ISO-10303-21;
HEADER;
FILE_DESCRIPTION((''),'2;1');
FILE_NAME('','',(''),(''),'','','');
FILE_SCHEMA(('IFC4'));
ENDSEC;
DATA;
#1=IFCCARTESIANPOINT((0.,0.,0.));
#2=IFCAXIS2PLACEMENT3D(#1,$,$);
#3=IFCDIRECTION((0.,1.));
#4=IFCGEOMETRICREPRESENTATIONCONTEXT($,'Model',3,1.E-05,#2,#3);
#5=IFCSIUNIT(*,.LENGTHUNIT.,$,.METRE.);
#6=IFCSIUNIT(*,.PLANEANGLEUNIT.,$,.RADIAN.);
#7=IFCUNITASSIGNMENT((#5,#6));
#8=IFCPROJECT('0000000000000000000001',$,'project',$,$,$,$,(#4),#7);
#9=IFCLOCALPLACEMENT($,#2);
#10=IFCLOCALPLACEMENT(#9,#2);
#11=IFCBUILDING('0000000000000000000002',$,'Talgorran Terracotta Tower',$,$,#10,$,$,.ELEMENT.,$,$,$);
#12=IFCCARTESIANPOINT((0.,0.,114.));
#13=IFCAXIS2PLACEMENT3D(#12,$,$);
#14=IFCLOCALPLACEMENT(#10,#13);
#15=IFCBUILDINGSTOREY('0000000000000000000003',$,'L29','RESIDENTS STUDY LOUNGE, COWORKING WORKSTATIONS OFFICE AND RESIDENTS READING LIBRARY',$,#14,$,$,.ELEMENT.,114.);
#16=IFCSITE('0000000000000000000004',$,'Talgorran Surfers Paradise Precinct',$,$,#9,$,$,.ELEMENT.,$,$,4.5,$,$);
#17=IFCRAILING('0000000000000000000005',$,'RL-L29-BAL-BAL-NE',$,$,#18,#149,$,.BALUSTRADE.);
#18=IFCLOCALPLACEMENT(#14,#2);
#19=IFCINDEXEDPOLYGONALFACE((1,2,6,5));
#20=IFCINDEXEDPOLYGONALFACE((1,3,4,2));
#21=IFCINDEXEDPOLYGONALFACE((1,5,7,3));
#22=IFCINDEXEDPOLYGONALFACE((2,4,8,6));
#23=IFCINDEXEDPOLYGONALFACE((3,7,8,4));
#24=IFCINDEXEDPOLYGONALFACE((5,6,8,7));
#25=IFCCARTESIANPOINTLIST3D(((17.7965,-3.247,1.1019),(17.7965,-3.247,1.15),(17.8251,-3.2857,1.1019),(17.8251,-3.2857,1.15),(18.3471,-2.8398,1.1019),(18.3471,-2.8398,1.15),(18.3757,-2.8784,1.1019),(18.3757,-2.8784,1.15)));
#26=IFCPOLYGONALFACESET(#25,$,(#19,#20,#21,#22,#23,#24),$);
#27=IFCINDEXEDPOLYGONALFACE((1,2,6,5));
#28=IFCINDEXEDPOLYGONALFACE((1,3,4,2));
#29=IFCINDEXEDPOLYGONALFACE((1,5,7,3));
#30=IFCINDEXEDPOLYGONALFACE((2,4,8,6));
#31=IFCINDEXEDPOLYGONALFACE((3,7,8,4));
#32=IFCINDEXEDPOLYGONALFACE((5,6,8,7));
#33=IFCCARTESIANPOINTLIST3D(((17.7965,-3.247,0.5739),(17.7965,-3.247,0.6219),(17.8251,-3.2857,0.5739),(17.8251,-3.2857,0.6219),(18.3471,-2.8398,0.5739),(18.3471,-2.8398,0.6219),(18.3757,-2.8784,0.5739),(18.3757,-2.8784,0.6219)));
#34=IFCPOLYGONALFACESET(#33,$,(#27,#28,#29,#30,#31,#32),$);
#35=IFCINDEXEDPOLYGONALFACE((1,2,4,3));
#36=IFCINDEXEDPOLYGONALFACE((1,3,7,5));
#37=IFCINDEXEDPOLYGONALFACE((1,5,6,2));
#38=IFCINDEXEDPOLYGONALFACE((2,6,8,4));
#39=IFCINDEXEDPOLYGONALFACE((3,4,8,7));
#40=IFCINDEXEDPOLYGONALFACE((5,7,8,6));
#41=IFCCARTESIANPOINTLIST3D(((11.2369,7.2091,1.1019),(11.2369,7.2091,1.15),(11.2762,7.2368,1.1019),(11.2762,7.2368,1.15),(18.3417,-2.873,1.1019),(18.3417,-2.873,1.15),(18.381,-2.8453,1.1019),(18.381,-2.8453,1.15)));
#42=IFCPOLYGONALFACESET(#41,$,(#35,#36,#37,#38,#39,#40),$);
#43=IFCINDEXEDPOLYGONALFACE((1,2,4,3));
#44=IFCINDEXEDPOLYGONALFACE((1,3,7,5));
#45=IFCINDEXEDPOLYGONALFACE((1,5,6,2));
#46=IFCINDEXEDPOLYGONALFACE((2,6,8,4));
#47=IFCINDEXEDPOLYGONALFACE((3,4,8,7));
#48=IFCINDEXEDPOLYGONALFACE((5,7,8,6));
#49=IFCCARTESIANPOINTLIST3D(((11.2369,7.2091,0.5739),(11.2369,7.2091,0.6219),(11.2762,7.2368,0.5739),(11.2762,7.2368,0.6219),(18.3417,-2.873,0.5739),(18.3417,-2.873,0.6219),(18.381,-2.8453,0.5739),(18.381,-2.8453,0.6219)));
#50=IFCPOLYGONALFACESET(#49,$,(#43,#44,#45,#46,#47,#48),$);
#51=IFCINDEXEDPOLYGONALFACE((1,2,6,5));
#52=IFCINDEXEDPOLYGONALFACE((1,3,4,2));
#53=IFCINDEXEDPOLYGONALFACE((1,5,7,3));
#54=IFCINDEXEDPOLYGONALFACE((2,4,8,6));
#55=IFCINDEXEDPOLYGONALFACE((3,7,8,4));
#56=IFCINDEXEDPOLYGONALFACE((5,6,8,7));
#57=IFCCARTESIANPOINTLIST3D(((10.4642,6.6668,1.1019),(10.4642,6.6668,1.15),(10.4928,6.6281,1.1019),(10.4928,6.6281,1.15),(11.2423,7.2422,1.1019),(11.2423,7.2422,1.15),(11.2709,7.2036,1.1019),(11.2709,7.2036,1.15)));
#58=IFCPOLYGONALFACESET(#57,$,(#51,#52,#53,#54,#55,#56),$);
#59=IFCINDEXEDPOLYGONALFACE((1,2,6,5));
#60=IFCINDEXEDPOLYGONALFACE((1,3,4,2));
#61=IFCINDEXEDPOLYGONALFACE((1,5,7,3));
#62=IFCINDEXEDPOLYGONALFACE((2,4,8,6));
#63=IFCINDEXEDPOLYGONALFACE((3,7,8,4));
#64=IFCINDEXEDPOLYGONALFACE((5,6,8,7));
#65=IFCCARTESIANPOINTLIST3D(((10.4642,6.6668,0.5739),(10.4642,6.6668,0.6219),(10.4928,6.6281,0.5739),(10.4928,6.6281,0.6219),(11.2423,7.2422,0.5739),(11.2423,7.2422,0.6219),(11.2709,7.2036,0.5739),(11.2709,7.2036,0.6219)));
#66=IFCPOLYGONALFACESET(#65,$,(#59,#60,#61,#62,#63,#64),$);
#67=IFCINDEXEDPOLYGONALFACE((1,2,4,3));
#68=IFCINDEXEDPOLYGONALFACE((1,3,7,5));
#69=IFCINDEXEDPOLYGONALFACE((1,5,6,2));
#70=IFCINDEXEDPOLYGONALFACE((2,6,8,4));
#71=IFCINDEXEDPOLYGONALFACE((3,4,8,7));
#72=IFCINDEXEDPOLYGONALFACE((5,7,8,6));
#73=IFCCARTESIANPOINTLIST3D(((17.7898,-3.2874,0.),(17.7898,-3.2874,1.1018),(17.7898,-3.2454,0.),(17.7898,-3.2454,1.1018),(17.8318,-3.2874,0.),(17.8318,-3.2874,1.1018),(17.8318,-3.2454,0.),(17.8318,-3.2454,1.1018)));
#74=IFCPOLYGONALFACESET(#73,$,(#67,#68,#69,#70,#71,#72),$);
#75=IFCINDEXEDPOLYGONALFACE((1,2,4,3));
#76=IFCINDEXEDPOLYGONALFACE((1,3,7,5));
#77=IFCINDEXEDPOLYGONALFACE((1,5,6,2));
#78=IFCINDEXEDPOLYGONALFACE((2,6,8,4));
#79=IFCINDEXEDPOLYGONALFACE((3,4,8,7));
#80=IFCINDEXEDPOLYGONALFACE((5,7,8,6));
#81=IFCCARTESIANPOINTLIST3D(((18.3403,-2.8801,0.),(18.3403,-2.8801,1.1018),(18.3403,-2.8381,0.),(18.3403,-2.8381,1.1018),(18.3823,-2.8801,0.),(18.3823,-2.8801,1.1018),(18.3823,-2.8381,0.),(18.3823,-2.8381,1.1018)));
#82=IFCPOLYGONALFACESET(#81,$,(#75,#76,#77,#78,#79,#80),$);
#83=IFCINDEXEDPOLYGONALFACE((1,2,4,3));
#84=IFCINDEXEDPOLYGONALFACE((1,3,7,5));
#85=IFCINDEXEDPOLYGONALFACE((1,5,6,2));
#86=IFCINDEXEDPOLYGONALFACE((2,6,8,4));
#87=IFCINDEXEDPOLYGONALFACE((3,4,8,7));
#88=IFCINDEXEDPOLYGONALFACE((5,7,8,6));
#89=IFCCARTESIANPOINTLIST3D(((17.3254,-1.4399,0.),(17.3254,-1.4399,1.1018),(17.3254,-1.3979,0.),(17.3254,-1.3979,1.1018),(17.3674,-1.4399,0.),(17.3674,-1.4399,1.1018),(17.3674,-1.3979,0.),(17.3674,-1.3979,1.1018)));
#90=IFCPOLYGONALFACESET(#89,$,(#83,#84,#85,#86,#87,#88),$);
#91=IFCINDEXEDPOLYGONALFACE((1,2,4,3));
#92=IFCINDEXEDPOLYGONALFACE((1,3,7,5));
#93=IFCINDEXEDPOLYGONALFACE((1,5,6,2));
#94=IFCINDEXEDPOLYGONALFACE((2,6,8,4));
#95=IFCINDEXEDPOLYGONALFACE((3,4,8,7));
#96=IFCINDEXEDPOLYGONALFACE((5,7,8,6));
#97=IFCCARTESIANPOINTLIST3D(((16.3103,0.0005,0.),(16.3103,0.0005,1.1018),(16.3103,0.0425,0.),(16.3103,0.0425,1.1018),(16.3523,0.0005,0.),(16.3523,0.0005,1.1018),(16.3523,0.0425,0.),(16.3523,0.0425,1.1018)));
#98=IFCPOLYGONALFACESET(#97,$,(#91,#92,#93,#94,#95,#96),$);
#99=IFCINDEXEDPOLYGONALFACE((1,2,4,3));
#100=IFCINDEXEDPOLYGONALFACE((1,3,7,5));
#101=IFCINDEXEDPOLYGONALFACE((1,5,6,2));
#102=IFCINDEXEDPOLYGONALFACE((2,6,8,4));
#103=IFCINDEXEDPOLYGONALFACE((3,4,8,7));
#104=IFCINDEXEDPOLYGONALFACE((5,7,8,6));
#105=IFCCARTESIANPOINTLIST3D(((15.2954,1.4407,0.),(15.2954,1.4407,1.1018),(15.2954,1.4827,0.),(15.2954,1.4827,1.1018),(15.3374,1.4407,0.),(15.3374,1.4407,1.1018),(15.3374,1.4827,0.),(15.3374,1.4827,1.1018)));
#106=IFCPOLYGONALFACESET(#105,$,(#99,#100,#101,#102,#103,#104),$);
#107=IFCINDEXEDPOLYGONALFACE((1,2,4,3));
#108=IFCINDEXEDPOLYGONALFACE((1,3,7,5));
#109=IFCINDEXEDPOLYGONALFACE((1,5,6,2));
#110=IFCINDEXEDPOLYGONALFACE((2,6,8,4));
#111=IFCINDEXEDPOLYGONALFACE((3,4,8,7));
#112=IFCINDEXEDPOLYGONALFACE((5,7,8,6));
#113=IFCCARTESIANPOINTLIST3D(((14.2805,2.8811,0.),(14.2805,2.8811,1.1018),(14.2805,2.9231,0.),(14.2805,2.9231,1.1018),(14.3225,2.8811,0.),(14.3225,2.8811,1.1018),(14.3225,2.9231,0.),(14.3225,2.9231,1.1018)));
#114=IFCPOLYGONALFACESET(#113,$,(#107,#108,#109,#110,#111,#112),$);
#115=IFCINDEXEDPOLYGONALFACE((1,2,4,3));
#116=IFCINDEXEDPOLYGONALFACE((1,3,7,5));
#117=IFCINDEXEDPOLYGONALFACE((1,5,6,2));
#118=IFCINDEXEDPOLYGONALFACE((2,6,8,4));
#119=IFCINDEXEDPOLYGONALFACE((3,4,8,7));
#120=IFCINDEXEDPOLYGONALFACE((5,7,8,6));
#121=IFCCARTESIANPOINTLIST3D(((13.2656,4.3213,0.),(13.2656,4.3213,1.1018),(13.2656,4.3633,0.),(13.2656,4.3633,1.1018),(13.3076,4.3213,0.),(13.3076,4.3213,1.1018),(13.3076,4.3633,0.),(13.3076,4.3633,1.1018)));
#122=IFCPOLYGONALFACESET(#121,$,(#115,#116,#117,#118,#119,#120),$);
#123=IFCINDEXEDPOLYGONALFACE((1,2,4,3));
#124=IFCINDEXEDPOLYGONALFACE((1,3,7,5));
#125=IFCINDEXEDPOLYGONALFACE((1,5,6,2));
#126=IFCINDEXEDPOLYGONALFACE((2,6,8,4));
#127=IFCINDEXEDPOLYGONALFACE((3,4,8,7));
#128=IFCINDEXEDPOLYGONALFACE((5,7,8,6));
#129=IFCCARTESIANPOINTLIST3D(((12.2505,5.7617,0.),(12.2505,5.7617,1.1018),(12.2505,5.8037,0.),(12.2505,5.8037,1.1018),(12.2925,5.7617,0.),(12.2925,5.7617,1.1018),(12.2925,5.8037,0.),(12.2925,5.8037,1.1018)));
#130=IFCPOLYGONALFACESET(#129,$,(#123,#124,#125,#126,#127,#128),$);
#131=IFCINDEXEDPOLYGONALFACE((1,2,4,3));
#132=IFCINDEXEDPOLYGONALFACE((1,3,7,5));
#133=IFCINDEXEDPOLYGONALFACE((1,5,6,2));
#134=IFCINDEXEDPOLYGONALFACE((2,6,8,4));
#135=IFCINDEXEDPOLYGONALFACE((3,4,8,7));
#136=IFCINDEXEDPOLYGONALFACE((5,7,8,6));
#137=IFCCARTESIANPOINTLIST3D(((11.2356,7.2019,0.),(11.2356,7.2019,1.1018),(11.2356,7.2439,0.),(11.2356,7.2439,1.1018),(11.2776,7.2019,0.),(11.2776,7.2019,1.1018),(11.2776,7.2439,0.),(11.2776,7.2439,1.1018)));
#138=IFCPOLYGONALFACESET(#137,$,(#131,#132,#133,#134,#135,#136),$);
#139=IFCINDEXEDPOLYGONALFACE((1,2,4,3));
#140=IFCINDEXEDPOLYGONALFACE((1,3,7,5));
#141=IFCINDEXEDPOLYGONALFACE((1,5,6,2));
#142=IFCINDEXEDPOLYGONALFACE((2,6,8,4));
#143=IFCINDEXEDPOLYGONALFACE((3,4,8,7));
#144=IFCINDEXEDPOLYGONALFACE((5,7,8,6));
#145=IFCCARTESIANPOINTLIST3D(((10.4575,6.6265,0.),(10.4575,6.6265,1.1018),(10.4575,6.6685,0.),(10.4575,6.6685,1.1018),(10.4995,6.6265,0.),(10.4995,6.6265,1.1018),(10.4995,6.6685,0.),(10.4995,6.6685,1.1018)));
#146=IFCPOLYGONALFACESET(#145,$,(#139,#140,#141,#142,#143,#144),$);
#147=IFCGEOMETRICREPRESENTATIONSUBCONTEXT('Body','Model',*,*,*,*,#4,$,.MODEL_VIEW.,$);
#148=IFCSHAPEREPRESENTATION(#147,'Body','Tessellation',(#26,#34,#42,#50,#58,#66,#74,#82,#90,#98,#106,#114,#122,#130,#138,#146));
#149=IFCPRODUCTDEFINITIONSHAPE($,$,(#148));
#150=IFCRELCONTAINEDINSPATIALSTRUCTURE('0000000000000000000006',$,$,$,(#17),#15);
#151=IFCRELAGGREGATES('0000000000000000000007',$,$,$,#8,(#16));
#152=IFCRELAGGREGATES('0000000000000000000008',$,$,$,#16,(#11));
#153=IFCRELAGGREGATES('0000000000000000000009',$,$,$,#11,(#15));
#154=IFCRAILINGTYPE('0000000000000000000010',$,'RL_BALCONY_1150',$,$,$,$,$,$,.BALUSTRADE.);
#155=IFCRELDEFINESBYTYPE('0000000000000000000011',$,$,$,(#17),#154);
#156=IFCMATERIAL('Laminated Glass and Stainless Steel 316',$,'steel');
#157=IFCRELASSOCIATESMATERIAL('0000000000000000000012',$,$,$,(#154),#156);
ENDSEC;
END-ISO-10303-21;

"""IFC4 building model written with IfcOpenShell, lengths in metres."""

from ifc_helpers import new_model, si_unit, direction, frame, origin, origin_2d, place, context, subcontext, project, spatial, rectangle, extrude, material, type_object, element, save


model = new_model("IFC4")

# Units and contexts
model_context = context("Model", 3, precision=1e-05, world=origin(), true_north=direction((0.0, 1.0)))
body_context = subcontext(model_context, "Body", "Model", "MODEL_VIEW")
ifc_project = project(units=[si_unit("LENGTHUNIT", "METRE"), si_unit("PLANEANGLEUNIT", "RADIAN")], contexts=[model_context])

# Site, building, storey
site_placement = place(None, origin())
site = spatial("IfcSite", under=ifc_project, at=site_placement, Name="Talgorran Surfers Paradise Precinct", CompositionType="ELEMENT", RefElevation=4.5)
building_placement = place(site_placement, origin())
building = spatial("IfcBuilding", under=site, at=building_placement, Name="Talgorran Terracotta Tower", CompositionType="ELEMENT")
storey_placement = place(building_placement, frame((0.0, 0.0, 114.0)))
storey = spatial("IfcBuildingStorey", under=building, at=storey_placement, Name="L29", Description="RESIDENTS STUDY LOUNGE, COWORKING WORKSTATIONS OFFICE AND RESIDENTS READING LIBRARY", CompositionType="ELEMENT", Elevation=114.0)

# Railing
ifc_material_1 = material(Name="Laminated Glass and Stainless Steel 316", Category="steel")
railing_type = type_object("IfcRailingType", Name="RL_BALCONY_1150", PredefinedType="BALUSTRADE", material=ifc_material_1)
railing_placement = place(storey_placement, frame((17.8108, -3.2664, 0.0)))
element("IfcRailing", 1, at=railing_placement, inside=storey, type_object=railing_type, Name="RL-L29-BAL-BAL-NE", PredefinedType="BALUSTRADE", context=body_context, shape_type="SweptSolid", body=[
    extrude(rectangle(XDim=0.0481, YDim=0.0481, at=origin_2d()), frame((0.0, 0.0, 1.126), z_axis=(0.803961, 0.594682, 0.0), x_axis=(-0.594682, 0.803961, 0.0)), (0.0, 0.0, 1.0), 0.6848),
    extrude(rectangle(XDim=0.0481, YDim=0.0481, at=origin_2d()), frame((0.0, 0.0, 0.5979), z_axis=(0.803961, 0.594682, 0.0), x_axis=(-0.594682, 0.803961, 0.0)), (0.0, 0.0, 1.0), 0.6848),
    extrude(rectangle(XDim=0.0481, YDim=0.0481, at=origin_2d()), frame((0.5505, 0.4072, 1.126), z_axis=(-0.576034, 0.817426, 0.0), x_axis=(-0.817426, -0.576034, 0.0)), (0.0, 0.0, 1.0), 12.334),
    extrude(rectangle(XDim=0.0481, YDim=0.0481, at=origin_2d()), frame((0.5505, 0.4072, 0.5979), z_axis=(-0.576034, 0.817426, 0.0), x_axis=(-0.817426, -0.576034, 0.0)), (0.0, 0.0, 1.0), 12.334),
    extrude(rectangle(XDim=0.0481, YDim=0.0481, at=origin_2d()), frame((-6.5542, 10.4893, 1.126), z_axis=(-0.804008, -0.594618, 0.0), x_axis=(0.594618, -0.804008, 0.0)), (0.0, 0.0, 1.0), 0.9678),
    extrude(rectangle(XDim=0.0481, YDim=0.0481, at=origin_2d()), frame((-6.5542, 10.4893, 0.5979), z_axis=(-0.804008, -0.594618, 0.0), x_axis=(0.594618, -0.804008, 0.0)), (0.0, 0.0, 1.0), 0.9678),
    extrude(rectangle(XDim=0.042, YDim=0.042, at=origin_2d()), origin(), (0.0, 0.0, 1.0), 1.1018),
    extrude(rectangle(XDim=0.042, YDim=0.042, at=origin_2d()), frame((0.5505, 0.4072, 0.0)), (0.0, 0.0, 1.0), 1.1018),
    extrude(rectangle(XDim=0.042, YDim=0.042, at=origin_2d()), frame((-0.4644, 1.8474, 0.0)), (0.0, 0.0, 1.0), 1.1018),
    extrude(rectangle(XDim=0.042, YDim=0.042, at=origin_2d()), frame((-1.4795, 3.2878, 0.0)), (0.0, 0.0, 1.0), 1.1018),
    extrude(rectangle(XDim=0.042, YDim=0.042, at=origin_2d()), frame((-2.4944, 4.728, 0.0)), (0.0, 0.0, 1.0), 1.1018),
    extrude(rectangle(XDim=0.042, YDim=0.042, at=origin_2d()), frame((-3.5093, 6.1685, 0.0)), (0.0, 0.0, 1.0), 1.1018),
    extrude(rectangle(XDim=0.042, YDim=0.042, at=origin_2d()), frame((-4.5242, 7.6086, 0.0)), (0.0, 0.0, 1.0), 1.1018),
    extrude(rectangle(XDim=0.042, YDim=0.042, at=origin_2d()), frame((-5.5393, 9.0491, 0.0)), (0.0, 0.0, 1.0), 1.1018),
    extrude(rectangle(XDim=0.042, YDim=0.042, at=origin_2d()), frame((-6.5542, 10.4893, 0.0)), (0.0, 0.0, 1.0), 1.1018),
    extrude(rectangle(XDim=0.042, YDim=0.042, at=origin_2d()), frame((-7.3323, 9.9138, 0.0)), (0.0, 0.0, 1.0), 1.1018),
])

save(model, "model.ifc")
